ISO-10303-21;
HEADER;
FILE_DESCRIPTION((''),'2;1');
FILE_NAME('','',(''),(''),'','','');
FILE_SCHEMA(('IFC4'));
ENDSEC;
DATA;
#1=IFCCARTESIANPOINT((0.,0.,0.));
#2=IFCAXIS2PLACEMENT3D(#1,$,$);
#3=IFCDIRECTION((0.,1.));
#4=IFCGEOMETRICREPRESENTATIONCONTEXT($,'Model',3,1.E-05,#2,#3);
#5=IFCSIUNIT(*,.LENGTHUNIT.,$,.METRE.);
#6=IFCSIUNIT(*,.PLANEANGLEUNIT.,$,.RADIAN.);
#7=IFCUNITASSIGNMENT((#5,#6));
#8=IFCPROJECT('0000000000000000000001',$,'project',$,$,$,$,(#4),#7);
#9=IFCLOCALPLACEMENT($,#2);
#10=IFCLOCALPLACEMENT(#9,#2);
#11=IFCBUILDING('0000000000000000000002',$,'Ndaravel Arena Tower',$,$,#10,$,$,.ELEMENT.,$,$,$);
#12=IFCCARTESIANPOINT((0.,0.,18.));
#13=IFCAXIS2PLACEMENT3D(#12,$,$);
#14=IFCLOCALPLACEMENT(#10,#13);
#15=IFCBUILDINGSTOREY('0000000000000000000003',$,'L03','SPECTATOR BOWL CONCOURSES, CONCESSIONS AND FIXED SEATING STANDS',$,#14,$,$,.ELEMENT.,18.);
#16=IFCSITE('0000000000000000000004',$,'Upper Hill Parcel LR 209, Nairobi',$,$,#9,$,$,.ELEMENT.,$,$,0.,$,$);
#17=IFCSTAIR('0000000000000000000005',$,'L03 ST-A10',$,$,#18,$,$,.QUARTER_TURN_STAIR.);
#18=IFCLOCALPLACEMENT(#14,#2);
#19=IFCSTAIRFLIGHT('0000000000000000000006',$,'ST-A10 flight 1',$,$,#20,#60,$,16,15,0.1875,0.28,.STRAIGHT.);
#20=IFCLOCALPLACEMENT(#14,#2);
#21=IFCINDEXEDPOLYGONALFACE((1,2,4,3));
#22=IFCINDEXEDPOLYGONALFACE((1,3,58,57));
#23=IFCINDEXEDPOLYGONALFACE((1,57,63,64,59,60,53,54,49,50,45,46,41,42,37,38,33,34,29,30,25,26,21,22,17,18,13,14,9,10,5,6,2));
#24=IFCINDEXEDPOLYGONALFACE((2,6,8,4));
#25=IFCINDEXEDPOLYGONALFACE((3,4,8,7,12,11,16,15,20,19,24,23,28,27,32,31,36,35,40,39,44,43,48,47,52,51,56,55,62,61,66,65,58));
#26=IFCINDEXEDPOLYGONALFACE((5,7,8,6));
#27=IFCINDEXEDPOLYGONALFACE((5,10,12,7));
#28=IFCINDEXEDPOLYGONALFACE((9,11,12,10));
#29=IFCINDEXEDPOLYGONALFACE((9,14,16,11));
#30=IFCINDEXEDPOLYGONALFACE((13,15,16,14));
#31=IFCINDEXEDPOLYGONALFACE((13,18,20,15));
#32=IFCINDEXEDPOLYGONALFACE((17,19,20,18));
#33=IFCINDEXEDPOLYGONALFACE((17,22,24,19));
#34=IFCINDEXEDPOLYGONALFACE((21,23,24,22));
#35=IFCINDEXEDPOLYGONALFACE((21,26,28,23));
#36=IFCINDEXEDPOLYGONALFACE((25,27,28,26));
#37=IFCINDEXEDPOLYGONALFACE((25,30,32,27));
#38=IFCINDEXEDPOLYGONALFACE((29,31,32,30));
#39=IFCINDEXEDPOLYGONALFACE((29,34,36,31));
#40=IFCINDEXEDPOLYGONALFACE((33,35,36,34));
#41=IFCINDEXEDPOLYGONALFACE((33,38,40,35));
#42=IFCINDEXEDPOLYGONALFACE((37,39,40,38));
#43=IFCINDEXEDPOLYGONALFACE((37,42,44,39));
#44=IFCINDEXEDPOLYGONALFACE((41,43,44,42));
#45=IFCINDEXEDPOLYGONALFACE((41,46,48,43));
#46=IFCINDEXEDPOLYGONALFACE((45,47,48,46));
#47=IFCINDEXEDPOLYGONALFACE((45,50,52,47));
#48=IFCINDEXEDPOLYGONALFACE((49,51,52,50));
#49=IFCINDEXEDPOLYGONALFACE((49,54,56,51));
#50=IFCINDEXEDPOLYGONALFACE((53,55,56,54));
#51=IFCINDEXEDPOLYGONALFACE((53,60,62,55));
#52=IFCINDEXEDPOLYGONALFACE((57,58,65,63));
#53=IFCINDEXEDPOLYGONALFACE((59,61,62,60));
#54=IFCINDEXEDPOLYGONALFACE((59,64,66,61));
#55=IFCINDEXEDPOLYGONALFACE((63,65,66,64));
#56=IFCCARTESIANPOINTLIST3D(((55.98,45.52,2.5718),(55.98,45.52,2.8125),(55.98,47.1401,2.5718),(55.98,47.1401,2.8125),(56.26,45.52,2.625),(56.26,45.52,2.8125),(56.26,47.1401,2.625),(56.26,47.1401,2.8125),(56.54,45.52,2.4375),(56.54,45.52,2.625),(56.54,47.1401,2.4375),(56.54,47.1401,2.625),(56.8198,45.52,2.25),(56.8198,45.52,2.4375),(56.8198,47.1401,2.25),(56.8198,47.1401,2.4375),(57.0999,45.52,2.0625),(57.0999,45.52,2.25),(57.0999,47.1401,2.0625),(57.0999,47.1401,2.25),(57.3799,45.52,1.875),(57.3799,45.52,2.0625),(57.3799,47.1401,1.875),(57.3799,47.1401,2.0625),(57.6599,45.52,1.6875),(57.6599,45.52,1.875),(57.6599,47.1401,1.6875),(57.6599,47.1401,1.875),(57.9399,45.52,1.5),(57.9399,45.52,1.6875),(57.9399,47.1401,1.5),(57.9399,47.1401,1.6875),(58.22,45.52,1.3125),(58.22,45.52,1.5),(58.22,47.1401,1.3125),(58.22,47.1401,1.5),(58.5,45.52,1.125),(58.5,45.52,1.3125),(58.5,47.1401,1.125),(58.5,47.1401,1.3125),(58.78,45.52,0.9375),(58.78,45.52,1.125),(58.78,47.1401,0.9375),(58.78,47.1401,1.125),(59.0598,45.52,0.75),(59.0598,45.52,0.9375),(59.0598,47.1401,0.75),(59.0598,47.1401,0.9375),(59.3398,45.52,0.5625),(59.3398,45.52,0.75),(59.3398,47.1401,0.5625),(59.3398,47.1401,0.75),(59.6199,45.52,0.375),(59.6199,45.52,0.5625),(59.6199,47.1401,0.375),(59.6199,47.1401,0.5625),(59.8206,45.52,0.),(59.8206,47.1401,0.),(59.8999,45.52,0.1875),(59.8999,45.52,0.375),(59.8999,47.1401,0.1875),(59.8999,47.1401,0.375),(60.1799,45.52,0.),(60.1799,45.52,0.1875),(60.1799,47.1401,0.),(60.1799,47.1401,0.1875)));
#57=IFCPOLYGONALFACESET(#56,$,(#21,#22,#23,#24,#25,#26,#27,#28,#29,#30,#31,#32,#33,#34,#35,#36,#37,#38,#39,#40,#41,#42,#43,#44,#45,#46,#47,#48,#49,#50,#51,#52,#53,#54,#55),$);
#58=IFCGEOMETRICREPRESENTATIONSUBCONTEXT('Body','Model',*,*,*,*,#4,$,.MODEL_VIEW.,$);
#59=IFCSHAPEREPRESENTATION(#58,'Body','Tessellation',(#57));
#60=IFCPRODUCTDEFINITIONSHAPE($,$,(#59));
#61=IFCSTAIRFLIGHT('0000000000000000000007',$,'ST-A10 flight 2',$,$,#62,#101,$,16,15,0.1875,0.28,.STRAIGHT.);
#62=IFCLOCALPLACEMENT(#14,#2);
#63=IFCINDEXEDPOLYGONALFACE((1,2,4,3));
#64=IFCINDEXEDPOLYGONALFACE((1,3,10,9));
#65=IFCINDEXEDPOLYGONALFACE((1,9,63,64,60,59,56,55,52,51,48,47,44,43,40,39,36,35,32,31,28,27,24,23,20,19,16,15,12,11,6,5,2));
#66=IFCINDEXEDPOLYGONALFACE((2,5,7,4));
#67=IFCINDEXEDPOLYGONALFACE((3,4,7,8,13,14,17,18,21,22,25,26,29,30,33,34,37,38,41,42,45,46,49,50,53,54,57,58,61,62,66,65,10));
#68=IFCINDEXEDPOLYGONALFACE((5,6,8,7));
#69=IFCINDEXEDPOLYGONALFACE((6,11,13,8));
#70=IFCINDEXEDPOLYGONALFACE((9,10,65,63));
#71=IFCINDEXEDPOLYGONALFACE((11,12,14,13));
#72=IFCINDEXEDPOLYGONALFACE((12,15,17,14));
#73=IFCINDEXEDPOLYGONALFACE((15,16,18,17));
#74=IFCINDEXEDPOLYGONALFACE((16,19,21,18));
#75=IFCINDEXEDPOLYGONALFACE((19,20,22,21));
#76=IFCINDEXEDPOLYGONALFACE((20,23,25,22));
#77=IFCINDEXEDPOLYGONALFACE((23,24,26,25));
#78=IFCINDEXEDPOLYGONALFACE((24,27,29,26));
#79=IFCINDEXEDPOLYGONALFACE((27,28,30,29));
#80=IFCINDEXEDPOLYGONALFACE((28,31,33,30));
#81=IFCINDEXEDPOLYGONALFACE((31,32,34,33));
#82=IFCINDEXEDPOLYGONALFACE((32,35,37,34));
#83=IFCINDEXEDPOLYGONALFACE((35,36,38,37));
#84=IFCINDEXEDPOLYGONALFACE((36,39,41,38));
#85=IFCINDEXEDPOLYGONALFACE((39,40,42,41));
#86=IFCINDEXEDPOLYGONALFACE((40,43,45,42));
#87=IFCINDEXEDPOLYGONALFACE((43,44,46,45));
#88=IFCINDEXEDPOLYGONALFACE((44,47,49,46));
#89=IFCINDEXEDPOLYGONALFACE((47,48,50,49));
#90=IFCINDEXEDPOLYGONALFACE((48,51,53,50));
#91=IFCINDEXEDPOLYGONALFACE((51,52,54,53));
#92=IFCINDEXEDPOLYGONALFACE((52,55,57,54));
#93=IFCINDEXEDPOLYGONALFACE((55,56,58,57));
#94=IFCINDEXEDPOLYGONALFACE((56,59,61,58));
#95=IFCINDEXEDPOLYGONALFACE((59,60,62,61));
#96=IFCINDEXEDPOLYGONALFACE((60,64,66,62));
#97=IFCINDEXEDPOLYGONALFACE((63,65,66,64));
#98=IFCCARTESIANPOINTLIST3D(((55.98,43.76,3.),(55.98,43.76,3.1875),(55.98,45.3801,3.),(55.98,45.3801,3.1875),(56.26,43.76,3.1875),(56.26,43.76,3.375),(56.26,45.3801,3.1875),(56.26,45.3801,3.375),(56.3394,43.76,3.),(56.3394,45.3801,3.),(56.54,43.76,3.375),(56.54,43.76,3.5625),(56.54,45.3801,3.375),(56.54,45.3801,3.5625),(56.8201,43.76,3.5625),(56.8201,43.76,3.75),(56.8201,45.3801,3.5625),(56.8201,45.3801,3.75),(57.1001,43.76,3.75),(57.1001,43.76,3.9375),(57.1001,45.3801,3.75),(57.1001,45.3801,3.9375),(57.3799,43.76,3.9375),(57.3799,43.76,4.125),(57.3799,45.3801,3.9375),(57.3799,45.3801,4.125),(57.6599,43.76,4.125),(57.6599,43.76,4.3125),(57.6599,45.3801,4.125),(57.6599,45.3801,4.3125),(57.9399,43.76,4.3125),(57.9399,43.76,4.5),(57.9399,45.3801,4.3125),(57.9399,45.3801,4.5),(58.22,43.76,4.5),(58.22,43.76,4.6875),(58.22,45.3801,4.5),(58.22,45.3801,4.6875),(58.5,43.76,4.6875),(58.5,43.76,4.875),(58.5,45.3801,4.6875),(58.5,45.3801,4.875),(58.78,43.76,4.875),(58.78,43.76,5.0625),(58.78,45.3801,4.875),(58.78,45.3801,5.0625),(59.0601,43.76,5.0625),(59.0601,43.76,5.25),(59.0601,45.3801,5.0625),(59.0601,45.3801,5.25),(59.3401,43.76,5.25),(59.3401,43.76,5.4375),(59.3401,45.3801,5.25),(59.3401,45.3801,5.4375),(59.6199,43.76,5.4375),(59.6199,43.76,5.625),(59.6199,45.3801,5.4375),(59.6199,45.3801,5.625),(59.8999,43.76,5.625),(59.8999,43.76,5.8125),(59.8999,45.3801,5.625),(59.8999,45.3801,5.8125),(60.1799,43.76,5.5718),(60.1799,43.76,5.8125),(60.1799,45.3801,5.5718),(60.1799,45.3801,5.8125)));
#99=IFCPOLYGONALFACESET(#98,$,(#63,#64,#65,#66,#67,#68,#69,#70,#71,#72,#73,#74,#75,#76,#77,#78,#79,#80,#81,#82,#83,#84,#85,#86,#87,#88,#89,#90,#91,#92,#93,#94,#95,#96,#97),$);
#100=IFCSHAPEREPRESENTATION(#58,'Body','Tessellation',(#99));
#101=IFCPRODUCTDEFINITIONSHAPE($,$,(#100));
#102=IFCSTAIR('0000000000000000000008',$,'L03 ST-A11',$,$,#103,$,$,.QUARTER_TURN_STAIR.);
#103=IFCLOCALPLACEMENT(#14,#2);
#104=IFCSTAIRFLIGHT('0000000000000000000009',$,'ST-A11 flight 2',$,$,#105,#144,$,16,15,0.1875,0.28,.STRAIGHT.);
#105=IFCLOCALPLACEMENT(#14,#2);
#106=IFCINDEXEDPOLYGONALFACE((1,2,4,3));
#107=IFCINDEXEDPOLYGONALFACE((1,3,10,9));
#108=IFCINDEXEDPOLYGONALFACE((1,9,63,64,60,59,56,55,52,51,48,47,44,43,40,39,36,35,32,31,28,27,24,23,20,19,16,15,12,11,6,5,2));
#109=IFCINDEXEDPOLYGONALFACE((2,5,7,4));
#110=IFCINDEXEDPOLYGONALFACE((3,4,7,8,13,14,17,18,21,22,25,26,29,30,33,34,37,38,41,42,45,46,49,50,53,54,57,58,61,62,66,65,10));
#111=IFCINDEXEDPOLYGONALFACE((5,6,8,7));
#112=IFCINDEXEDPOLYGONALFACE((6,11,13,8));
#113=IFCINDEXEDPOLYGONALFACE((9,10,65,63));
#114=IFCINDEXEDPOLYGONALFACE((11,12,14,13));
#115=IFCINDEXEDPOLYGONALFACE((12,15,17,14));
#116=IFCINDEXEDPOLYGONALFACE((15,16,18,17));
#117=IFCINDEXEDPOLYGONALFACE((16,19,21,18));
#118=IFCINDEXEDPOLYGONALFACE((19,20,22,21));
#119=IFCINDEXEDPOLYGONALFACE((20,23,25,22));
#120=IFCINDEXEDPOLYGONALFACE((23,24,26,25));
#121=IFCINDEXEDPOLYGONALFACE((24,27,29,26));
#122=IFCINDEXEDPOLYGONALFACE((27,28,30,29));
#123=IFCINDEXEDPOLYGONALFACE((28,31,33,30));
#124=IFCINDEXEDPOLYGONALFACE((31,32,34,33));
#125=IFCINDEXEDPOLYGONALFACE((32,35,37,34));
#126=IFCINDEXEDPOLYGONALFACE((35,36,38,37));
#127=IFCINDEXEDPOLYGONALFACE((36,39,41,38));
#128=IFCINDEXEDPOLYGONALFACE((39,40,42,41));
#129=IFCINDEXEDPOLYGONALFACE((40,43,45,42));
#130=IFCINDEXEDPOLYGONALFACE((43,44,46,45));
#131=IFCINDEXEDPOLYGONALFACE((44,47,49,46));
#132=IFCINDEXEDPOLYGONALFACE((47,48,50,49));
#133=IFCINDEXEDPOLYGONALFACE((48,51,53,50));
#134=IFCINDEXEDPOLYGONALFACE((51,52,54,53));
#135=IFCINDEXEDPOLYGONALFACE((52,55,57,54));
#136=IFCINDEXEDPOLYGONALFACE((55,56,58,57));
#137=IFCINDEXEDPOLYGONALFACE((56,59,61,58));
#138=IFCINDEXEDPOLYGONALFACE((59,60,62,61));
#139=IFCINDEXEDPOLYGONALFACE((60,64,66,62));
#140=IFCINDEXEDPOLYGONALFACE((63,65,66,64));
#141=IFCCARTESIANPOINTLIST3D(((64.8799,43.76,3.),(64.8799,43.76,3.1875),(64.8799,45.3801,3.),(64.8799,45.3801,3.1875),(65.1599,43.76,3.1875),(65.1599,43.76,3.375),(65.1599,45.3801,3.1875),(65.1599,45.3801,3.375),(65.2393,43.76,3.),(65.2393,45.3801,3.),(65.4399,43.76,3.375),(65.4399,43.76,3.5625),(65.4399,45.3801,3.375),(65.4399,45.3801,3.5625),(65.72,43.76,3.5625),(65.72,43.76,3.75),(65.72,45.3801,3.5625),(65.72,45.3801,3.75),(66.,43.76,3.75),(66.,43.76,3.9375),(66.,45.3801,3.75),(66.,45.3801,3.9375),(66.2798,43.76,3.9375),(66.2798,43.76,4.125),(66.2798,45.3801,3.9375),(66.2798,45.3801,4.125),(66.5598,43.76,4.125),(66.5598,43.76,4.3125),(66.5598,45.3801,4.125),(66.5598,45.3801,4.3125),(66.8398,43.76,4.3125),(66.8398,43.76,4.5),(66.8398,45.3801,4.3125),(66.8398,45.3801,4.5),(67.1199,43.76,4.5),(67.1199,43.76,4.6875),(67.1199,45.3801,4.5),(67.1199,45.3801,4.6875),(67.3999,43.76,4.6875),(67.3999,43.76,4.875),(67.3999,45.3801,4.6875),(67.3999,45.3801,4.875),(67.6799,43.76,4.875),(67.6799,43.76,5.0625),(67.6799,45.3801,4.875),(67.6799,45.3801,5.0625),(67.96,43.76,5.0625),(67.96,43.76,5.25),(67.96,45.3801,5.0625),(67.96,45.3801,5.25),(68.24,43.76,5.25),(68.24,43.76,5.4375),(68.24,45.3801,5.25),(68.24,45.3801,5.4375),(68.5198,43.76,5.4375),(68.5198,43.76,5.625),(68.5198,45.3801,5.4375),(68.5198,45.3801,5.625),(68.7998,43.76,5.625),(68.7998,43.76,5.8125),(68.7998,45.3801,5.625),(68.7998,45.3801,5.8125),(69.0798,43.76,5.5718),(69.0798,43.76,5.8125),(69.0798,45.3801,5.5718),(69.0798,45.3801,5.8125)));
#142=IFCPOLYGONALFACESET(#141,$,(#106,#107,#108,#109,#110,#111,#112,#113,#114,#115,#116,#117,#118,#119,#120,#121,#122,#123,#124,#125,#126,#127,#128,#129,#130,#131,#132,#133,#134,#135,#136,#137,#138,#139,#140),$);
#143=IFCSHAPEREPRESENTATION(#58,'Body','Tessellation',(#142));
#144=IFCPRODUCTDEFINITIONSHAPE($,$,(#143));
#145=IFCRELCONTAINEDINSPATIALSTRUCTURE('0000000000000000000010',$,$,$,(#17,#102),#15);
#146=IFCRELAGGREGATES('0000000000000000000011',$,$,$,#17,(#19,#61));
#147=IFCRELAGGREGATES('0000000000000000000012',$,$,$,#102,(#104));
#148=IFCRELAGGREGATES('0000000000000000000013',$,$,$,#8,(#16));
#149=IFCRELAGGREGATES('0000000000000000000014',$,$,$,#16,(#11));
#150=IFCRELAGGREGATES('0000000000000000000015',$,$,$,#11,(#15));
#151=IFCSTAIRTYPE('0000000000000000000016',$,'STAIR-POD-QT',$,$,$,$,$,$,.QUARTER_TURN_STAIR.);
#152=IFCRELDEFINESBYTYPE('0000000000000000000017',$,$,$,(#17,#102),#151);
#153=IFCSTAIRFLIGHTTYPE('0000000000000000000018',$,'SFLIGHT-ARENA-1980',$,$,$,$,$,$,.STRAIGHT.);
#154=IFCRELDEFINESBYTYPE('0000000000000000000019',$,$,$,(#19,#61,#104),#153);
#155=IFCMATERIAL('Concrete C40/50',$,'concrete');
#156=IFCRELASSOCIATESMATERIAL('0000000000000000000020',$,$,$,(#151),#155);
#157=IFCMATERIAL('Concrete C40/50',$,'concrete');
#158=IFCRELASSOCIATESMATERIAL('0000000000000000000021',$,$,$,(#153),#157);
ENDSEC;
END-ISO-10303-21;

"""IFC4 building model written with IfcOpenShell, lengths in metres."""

from ifc_helpers import new_model, si_unit, direction, frame, origin, place, context, subcontext, project, spatial, polyline, outline, extrude, material, type_object, element, aggregate, save


model = new_model("IFC4")

# Units and contexts
model_context = context("Model", 3, precision=1e-05, world=origin(), true_north=direction((0.0, 1.0)))
body_context = subcontext(model_context, "Body", "Model", "MODEL_VIEW")
ifc_project = project(units=[si_unit("LENGTHUNIT", "METRE"), si_unit("PLANEANGLEUNIT", "RADIAN")], contexts=[model_context])

# Site, building, storey
site_placement = place(None, origin())
site = spatial("IfcSite", under=ifc_project, at=site_placement, Name="Upper Hill Parcel LR 209, Nairobi", CompositionType="ELEMENT", RefElevation=0.0)
building_placement = place(site_placement, origin())
building = spatial("IfcBuilding", under=site, at=building_placement, Name="Ndaravel Arena Tower", CompositionType="ELEMENT")
storey_placement = place(building_placement, frame((0.0, 0.0, 18.0)))
storey = spatial("IfcBuildingStorey", under=building, at=storey_placement, Name="L03", Description="SPECTATOR BOWL CONCOURSES, CONCESSIONS AND FIXED SEATING STANDS", CompositionType="ELEMENT", Elevation=18.0)

# Stair, stair flights
ifc_material_1 = material(Name="Concrete C40/50", Category="concrete")
stair_type = type_object("IfcStairType", Name="STAIR-POD-QT", PredefinedType="QUARTER_TURN_STAIR", material=ifc_material_1)
stair_1_placement = place(storey_placement, origin())
stair_1 = element("IfcStair", 1, at=stair_1_placement, inside=storey, type_object=stair_type, Name="L03 ST-A10", PredefinedType="QUARTER_TURN_STAIR")
ifc_material_2 = material(Name="Concrete C40/50", Category="concrete")
stair_flight_type = type_object("IfcStairFlightType", Name="SFLIGHT-ARENA-1980", PredefinedType="STRAIGHT", material=ifc_material_2)
stair_flight_1_placement = place(storey_placement, frame((60.1799, 46.3301, 0.0), z_axis=(0.0, 0.0, 1.0), x_axis=(-1.0, 0.0, 0.0)))
stair_flight_1 = element("IfcStairFlight", 2, at=stair_flight_1_placement, type_object=stair_flight_type, Name="ST-A10 flight 1", NumberOfRisers=16, NumberOfTreads=15, PredefinedType="STRAIGHT", RiserHeight=0.1875, TreadLength=0.28, context=body_context, shape_type="SweptSolid", body=[
    extrude(outline(polyline([(0.0, 0.0), (0.0, 0.1875), (0.28, 0.1875), (0.28, 0.375), (0.5601, 0.375), (0.5601, 0.5625), (0.8401, 0.5625), (0.8401, 0.75), (1.1201, 0.75), (1.1201, 0.9375), (1.3999, 0.9375), (1.3999, 1.125), (1.6799, 1.125), (1.6799, 1.3125), (1.96, 1.3125), (1.96, 1.5), (2.24, 1.5), (2.24, 1.6875), (2.52, 1.6875), (2.52, 1.875), (2.8, 1.875), (2.8, 2.0625), (3.0801, 2.0625), (3.0801, 2.25), (3.3601, 2.25), (3.3601, 2.4375), (3.6399, 2.4375), (3.6399, 2.625), (3.9199, 2.625), (3.9199, 2.8125), (4.2, 2.8125), (4.2, 3.0), (4.2, 2.5718), (0.3594, 0.0), (0.0, 0.0)])), frame((0.0, 0.8101, 0.0), z_axis=(0.0, -1.0, 0.0), x_axis=(1.0, 0.0, 0.0)), (0.0, 0.0, 1.0), 1.6201),
])
stair_flight_2_placement = place(storey_placement, frame((55.98, 44.5701, 3.0), z_axis=(0.0, 0.0, 1.0), x_axis=(1.0, 0.0, 0.0)))
stair_flight_2 = element("IfcStairFlight", 3, at=stair_flight_2_placement, type_object=stair_flight_type, Name="ST-A10 flight 2", NumberOfRisers=16, NumberOfTreads=15, PredefinedType="STRAIGHT", RiserHeight=0.1875, TreadLength=0.28, context=body_context, shape_type="SweptSolid", body=[
    extrude(outline(polyline([(0.0, 0.0), (0.0, 0.1875), (0.28, 0.1875), (0.28, 0.375), (0.5601, 0.375), (0.5601, 0.5625), (0.8401, 0.5625), (0.8401, 0.75), (1.1201, 0.75), (1.1201, 0.9375), (1.3999, 0.9375), (1.3999, 1.125), (1.6799, 1.125), (1.6799, 1.3125), (1.96, 1.3125), (1.96, 1.5), (2.24, 1.5), (2.24, 1.6875), (2.52, 1.6875), (2.52, 1.875), (2.8, 1.875), (2.8, 2.0625), (3.0801, 2.0625), (3.0801, 2.25), (3.3601, 2.25), (3.3601, 2.4375), (3.6399, 2.4375), (3.6399, 2.625), (3.9199, 2.625), (3.9199, 2.8125), (4.2, 2.8125), (4.2, 3.0), (4.2, 2.5718), (0.3594, 0.0), (0.0, 0.0)])), frame((0.0, 0.8101, 0.0), z_axis=(0.0, -1.0, 0.0), x_axis=(1.0, 0.0, 0.0)), (0.0, 0.0, 1.0), 1.6201),
])
aggregate(stair_1, [stair_flight_1, stair_flight_2])

# Stair, stair flight
stair_2_placement = place(storey_placement, origin())
stair_2 = element("IfcStair", 4, at=stair_2_placement, inside=storey, type_object=stair_type, Name="L03 ST-A11", PredefinedType="QUARTER_TURN_STAIR")
stair_flight_3_placement = place(storey_placement, frame((64.8799, 44.5701, 3.0), z_axis=(0.0, 0.0, 1.0), x_axis=(1.0, 0.0, 0.0)))
stair_flight_3 = element("IfcStairFlight", 5, at=stair_flight_3_placement, type_object=stair_flight_type, Name="ST-A11 flight 2", NumberOfRisers=16, NumberOfTreads=15, PredefinedType="STRAIGHT", RiserHeight=0.1875, TreadLength=0.28, context=body_context, shape_type="SweptSolid", body=[
    extrude(outline(polyline([(0.0, 0.0), (0.0, 0.1875), (0.28, 0.1875), (0.28, 0.375), (0.5601, 0.375), (0.5601, 0.5625), (0.8401, 0.5625), (0.8401, 0.75), (1.1201, 0.75), (1.1201, 0.9375), (1.3999, 0.9375), (1.3999, 1.125), (1.6799, 1.125), (1.6799, 1.3125), (1.96, 1.3125), (1.96, 1.5), (2.24, 1.5), (2.24, 1.6875), (2.52, 1.6875), (2.52, 1.875), (2.8, 1.875), (2.8, 2.0625), (3.0801, 2.0625), (3.0801, 2.25), (3.3601, 2.25), (3.3601, 2.4375), (3.6399, 2.4375), (3.6399, 2.625), (3.9199, 2.625), (3.9199, 2.8125), (4.2, 2.8125), (4.2, 3.0), (4.2, 2.5718), (0.3594, 0.0), (0.0, 0.0)])), frame((0.0, 0.8101, 0.0), z_axis=(0.0, -1.0, 0.0), x_axis=(1.0, 0.0, 0.0)), (0.0, 0.0, 1.0), 1.6201),
])
aggregate(stair_2, [stair_flight_3])

save(model, "model.ifc")
